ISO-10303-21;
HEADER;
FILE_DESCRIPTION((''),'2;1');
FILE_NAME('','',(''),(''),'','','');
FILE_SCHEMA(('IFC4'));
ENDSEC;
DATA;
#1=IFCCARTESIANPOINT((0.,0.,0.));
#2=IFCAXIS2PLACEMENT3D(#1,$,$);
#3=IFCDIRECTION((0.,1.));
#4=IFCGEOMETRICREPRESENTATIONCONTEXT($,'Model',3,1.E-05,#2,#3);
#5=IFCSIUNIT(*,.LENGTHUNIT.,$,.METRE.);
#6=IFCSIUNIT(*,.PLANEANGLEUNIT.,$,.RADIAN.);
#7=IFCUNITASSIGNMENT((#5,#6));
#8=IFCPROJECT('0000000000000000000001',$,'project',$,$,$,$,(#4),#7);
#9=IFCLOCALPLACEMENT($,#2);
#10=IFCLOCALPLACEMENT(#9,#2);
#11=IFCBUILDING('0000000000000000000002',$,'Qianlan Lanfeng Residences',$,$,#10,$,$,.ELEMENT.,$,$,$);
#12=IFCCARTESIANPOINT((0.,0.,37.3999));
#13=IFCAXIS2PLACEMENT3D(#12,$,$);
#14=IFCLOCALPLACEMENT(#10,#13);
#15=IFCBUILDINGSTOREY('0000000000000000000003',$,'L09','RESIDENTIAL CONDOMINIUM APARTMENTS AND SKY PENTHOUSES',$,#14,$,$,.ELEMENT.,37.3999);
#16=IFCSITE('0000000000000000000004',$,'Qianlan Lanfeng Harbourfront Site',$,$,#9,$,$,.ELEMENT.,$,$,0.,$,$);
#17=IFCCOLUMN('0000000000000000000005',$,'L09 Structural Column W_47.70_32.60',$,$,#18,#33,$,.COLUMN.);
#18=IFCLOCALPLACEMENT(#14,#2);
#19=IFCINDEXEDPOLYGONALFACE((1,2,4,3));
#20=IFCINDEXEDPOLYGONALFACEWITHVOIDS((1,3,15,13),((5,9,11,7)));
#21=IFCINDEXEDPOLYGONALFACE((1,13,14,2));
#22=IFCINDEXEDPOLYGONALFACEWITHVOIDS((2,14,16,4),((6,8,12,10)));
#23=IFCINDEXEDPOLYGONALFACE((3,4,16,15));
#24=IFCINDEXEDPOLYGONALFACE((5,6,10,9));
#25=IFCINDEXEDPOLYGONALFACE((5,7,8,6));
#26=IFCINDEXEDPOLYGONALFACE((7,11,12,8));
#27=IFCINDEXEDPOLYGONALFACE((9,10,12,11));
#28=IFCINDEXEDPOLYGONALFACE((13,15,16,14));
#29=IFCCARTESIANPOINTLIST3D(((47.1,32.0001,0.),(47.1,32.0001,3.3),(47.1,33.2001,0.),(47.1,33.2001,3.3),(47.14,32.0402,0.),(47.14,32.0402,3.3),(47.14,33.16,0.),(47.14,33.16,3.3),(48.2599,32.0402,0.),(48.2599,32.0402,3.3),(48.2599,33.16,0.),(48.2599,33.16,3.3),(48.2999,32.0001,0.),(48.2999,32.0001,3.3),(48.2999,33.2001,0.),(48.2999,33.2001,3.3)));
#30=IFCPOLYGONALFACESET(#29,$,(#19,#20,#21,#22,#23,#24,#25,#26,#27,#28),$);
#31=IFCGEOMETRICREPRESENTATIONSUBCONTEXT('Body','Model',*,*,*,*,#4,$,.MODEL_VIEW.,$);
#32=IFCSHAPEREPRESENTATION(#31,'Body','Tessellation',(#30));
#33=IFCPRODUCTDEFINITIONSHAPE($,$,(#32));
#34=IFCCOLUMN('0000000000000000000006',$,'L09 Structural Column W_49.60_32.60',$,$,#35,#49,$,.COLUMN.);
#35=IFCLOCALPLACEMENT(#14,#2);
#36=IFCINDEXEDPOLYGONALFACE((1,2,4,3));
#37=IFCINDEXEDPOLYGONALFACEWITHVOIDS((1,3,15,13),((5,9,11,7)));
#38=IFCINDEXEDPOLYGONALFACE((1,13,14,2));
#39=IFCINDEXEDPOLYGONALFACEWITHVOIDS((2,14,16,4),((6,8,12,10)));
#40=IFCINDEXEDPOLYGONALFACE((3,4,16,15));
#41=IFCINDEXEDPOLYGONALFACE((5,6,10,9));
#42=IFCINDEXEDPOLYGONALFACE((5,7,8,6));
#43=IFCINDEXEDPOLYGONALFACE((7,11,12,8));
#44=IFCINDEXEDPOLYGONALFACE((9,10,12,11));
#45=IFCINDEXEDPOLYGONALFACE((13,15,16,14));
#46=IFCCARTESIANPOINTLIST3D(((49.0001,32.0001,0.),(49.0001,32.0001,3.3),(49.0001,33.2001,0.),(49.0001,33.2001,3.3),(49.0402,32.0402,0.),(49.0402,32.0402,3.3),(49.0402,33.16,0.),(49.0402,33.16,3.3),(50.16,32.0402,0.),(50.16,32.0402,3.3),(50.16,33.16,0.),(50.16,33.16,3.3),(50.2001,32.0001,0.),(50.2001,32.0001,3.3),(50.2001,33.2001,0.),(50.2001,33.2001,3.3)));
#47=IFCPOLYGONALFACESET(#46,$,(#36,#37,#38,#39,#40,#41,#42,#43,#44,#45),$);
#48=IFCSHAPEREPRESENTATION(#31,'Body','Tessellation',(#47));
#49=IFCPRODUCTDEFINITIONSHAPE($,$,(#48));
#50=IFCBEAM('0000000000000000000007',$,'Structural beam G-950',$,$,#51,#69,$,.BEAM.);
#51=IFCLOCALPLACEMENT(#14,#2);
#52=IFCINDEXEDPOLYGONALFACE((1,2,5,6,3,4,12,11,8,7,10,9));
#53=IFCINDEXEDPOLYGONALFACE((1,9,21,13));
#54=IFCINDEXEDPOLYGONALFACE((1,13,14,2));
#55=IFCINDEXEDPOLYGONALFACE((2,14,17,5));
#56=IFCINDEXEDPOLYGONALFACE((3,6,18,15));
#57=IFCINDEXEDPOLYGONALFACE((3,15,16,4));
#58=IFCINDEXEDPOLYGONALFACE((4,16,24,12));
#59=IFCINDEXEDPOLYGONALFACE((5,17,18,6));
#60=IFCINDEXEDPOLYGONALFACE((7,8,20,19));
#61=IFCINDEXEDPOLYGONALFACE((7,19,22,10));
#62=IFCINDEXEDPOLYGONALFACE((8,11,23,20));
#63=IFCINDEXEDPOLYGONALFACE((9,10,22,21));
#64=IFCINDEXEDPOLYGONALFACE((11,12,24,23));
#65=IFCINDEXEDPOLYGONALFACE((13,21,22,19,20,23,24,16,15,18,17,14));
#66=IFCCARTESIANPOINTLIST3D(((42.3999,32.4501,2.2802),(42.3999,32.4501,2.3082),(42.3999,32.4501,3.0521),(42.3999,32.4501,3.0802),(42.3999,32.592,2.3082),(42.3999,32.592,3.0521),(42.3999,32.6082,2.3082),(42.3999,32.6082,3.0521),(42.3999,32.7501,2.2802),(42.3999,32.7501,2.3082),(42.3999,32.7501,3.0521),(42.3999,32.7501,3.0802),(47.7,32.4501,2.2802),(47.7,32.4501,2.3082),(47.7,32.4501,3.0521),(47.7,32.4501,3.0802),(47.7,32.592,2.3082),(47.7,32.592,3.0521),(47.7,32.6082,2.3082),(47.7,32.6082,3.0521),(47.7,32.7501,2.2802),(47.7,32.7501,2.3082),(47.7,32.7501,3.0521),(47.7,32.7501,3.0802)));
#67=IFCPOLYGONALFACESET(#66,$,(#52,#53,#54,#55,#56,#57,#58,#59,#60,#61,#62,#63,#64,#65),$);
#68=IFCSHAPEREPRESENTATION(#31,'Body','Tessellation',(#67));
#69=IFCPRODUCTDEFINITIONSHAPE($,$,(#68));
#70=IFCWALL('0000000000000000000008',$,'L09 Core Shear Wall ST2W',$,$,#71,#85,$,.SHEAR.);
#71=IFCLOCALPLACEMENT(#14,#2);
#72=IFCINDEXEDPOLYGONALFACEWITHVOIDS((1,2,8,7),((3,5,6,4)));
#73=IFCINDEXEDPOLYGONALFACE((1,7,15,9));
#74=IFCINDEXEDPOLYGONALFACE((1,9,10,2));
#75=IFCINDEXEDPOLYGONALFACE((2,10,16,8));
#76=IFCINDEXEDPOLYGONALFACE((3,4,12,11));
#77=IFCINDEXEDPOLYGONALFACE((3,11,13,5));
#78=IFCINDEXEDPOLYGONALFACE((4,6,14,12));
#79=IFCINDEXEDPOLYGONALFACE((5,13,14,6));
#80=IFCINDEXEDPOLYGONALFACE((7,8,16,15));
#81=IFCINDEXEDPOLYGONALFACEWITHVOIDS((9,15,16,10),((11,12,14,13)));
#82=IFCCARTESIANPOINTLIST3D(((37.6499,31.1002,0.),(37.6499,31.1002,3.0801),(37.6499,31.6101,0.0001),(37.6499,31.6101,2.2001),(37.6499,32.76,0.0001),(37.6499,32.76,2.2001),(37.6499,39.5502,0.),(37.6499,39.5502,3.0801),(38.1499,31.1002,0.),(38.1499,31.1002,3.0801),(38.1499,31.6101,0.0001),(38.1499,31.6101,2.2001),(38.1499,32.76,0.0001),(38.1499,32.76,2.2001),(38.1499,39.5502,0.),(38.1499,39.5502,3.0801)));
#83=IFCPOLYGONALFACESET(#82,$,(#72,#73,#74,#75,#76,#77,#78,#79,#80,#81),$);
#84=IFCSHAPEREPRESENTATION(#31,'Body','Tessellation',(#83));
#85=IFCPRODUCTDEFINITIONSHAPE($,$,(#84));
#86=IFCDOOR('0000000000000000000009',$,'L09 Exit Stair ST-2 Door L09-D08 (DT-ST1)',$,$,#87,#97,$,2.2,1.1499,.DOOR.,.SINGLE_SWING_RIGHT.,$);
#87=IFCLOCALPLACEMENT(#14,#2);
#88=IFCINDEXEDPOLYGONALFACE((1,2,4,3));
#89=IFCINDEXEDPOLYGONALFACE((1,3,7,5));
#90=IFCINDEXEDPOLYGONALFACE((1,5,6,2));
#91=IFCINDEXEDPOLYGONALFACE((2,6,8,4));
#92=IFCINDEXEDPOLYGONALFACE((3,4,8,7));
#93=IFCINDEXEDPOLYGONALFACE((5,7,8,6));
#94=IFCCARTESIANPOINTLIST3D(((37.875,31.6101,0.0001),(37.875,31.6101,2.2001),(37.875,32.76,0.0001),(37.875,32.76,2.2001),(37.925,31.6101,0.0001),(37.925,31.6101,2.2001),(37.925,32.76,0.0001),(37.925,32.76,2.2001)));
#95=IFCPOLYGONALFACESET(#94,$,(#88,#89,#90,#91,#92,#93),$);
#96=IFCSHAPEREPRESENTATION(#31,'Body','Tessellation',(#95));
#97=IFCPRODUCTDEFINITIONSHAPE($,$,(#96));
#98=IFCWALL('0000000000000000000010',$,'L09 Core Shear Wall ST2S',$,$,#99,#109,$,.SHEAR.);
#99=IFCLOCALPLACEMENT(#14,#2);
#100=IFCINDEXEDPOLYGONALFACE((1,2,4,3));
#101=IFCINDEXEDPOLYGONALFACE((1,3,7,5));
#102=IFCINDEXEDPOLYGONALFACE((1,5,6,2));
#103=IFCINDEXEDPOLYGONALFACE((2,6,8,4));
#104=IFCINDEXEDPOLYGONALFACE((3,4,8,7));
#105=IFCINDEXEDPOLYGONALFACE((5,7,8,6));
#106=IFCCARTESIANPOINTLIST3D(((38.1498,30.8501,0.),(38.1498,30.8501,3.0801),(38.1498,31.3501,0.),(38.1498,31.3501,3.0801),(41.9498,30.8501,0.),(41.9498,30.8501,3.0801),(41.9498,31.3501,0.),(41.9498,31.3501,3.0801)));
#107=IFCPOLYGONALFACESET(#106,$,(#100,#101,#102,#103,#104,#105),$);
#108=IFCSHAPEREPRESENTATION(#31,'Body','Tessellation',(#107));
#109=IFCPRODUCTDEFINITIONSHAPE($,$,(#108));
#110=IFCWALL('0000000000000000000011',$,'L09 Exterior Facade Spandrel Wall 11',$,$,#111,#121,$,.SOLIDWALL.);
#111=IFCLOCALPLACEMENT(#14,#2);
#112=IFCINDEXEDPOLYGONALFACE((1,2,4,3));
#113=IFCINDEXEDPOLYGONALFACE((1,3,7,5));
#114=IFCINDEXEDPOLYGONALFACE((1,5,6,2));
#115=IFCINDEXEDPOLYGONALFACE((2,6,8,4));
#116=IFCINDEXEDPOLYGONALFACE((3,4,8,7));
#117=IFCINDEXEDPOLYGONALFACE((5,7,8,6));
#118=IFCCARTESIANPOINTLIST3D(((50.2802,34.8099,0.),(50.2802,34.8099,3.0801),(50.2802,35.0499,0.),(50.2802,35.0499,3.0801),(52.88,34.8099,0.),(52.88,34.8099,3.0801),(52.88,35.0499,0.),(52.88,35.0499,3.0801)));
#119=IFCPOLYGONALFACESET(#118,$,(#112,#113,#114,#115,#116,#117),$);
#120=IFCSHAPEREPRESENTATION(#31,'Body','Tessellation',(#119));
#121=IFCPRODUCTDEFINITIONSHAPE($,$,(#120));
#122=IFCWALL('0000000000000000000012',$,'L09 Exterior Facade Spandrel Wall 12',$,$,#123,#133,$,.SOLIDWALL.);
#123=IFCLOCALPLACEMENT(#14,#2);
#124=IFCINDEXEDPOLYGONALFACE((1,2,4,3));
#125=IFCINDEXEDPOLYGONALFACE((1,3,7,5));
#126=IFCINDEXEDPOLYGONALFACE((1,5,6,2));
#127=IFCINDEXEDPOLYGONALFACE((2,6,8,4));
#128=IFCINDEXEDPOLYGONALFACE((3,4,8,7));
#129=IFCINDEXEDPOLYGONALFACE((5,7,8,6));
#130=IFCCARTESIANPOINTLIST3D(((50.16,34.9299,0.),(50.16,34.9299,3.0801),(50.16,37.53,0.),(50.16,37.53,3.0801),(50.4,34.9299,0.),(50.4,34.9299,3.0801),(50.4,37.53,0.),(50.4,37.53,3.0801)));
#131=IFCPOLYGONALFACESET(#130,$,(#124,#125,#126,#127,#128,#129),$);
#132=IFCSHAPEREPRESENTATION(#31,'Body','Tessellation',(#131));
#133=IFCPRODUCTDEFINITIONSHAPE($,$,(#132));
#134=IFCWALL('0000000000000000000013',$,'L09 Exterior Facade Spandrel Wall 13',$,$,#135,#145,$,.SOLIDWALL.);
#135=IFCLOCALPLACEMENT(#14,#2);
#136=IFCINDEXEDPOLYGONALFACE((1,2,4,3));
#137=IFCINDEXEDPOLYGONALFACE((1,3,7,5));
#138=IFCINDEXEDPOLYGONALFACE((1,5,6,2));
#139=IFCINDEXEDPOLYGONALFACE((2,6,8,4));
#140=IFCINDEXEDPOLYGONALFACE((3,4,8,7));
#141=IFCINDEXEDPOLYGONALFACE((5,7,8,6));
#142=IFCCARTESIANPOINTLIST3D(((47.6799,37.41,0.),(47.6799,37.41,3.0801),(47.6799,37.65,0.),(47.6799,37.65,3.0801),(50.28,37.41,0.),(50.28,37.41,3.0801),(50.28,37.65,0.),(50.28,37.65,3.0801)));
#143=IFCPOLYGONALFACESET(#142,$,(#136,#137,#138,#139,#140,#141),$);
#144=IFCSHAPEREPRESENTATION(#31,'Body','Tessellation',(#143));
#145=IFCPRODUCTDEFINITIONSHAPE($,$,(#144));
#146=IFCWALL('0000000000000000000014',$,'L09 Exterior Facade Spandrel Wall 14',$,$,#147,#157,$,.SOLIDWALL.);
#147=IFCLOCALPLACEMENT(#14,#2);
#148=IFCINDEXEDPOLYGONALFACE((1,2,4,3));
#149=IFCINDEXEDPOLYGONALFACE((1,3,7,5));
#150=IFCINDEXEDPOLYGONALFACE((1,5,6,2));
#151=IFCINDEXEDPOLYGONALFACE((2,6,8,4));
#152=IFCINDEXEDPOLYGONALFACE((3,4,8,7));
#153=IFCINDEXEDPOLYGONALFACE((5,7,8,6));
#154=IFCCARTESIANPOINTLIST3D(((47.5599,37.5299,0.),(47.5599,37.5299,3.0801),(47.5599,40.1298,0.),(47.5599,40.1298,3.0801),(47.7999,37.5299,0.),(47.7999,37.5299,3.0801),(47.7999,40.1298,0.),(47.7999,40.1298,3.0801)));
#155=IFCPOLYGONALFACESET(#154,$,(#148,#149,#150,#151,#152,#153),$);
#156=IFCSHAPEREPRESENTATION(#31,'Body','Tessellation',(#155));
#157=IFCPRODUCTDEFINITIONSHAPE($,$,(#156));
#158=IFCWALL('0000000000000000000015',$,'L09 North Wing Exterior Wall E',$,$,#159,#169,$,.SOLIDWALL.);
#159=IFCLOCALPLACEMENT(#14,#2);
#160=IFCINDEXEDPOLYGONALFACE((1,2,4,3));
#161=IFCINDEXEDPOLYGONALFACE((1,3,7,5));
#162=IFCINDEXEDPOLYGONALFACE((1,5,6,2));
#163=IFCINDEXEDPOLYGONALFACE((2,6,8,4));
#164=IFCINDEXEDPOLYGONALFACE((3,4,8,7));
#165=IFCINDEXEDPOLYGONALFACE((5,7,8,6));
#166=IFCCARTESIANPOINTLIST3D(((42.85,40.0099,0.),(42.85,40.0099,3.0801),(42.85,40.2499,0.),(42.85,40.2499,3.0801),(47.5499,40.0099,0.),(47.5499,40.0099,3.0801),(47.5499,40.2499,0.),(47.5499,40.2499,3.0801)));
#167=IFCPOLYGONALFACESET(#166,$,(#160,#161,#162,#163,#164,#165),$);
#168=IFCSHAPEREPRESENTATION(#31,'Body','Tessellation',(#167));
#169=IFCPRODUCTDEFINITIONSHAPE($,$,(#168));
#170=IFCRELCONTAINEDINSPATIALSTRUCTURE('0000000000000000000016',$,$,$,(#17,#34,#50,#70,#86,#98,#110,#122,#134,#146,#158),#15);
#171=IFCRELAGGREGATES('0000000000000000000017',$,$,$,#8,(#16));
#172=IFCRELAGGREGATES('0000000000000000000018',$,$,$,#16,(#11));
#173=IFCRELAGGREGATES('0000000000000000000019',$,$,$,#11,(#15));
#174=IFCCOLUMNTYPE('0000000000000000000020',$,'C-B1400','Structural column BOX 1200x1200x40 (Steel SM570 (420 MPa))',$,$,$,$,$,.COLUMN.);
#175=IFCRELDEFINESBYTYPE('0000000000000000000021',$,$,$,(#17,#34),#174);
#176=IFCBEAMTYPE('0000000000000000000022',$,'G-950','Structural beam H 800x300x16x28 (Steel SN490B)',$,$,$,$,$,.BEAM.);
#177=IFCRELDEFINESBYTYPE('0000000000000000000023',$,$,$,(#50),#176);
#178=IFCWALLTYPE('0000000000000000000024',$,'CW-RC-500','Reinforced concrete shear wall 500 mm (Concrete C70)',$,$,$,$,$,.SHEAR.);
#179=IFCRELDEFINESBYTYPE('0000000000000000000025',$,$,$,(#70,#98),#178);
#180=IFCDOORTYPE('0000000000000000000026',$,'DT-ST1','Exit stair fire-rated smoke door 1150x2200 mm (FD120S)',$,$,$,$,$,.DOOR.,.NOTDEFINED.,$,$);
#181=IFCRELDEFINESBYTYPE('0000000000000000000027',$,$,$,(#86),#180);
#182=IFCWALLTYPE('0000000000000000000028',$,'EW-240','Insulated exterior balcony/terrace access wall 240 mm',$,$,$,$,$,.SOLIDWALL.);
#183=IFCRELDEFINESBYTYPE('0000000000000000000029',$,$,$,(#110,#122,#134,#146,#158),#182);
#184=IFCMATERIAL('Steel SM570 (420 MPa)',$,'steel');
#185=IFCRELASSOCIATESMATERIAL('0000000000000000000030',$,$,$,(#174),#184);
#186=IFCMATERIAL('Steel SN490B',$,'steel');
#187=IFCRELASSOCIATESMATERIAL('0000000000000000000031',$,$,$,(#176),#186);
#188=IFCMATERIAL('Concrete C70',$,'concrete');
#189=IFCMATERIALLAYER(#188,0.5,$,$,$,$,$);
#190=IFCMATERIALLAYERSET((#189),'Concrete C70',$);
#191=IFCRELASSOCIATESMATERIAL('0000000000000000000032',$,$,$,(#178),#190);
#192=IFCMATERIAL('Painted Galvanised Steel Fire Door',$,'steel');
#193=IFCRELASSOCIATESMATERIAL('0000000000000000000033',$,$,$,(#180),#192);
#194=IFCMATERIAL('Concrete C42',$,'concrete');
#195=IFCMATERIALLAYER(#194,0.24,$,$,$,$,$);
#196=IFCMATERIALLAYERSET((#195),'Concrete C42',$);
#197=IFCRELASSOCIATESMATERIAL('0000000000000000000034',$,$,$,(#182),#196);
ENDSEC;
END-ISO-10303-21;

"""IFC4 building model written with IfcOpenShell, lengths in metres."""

from ifc_helpers import new_model, si_unit, direction, frame, frame_2d, origin, origin_2d, place, context, subcontext, project, spatial, rectangle, hollow_rectangle, i_section, extrude, material, layer, layer_set, material_profile, profile_set, type_object, element, fill, save


model = new_model("IFC4")

# Units and contexts
model_context = context("Model", 3, precision=1e-05, world=origin(), true_north=direction((0.0, 1.0)))
body_context = subcontext(model_context, "Body", "Model", "MODEL_VIEW")
ifc_project = project(units=[si_unit("LENGTHUNIT", "METRE"), si_unit("PLANEANGLEUNIT", "RADIAN")], contexts=[model_context])

# Site, building, storey
site_placement = place(None, origin())
site = spatial("IfcSite", under=ifc_project, at=site_placement, Name="Qianlan Lanfeng Harbourfront Site", CompositionType="ELEMENT", RefElevation=0.0)
building_placement = place(site_placement, origin())
building = spatial("IfcBuilding", under=site, at=building_placement, Name="Qianlan Lanfeng Residences", CompositionType="ELEMENT")
storey_placement = place(building_placement, frame((0.0, 0.0, 37.3999)))
storey = spatial("IfcBuildingStorey", under=building, at=storey_placement, Name="L09", Description="RESIDENTIAL CONDOMINIUM APARTMENTS AND SKY PENTHOUSES", CompositionType="ELEMENT", Elevation=37.3999)

# Columns
ifc_material_1 = material(Name="Steel SM570 (420 MPa)", Category="steel")
ifc_material_profile_1 = material_profile(ifc_material_1, hollow_rectangle(XDim=1.2, YDim=1.2, WallThickness=0.04, at=origin_2d()), Name="BOX 1200x1200x40")
ifc_profile_set_1 = profile_set([ifc_material_profile_1], Name="Steel SM570 (420 MPa)")
column_type = type_object("IfcColumnType", Name="C-B1400", Description="Structural column BOX 1200x1200x40 (Steel SM570 (420 MPa))", PredefinedType="COLUMN", material=ifc_profile_set_1)
for number, where, z_axis, x_axis, name in (
    (1, (47.7, 32.6001, 0.0), (0.0, 0.0, 1.0), (1.0, 0.0, 0.0), "L09 Structural Column W_47.70_32.60"),
    (2, (49.6001, 32.6001, 0.0), (0.0, 0.0, 1.0), (1.0, 0.0, 0.0), "L09 Structural Column W_49.60_32.60"),
):
    element("IfcColumn", number, at=place(storey_placement, frame(where, z_axis=z_axis, x_axis=x_axis)), inside=storey, type_object=column_type, Name=name, PredefinedType="COLUMN", context=body_context, shape_type="SweptSolid", body=[
        extrude(hollow_rectangle(XDim=1.2, YDim=1.2, WallThickness=0.04, at=origin_2d()), origin(), (0.0, 0.0, 1.0), 3.3),
    ])

# Beam
ifc_material_2 = material(Name="Steel SN490B", Category="steel")
ifc_material_profile_2 = material_profile(ifc_material_2, i_section(OverallWidth=0.3, OverallDepth=0.8, WebThickness=0.0161, FlangeThickness=0.0281, at=origin_2d()), Name="H 800x300x16x28")
ifc_profile_set_2 = profile_set([ifc_material_profile_2], Name="Steel SN490B")
beam_type = type_object("IfcBeamType", Name="G-950", Description="Structural beam H 800x300x16x28 (Steel SN490B)", PredefinedType="BEAM", material=ifc_profile_set_2)
beam_placement = place(storey_placement, frame((42.3999, 32.6001, 2.6802), z_axis=(1.0, 0.0, 0.0), x_axis=(0.0, 1.0, 0.0)))
element("IfcBeam", 3, at=beam_placement, inside=storey, type_object=beam_type, Name="Structural beam G-950", PredefinedType="BEAM", context=body_context, shape_type="SweptSolid", body=[
    extrude(i_section(OverallWidth=0.3, OverallDepth=0.8, WebThickness=0.0161, FlangeThickness=0.0281, at=origin_2d()), origin(), (0.0, 0.0, 1.0), 5.3),
])

# Wall, opening, door
ifc_material_3 = material(Name="Concrete C70", Category="concrete")
ifc_layer_1 = layer(ifc_material_3, 0.5)
ifc_layer_set_1 = layer_set([ifc_layer_1], Name="Concrete C70")
wall_type_1 = type_object("IfcWallType", Name="CW-RC-500", Description="Reinforced concrete shear wall 500 mm (Concrete C70)", PredefinedType="SHEAR", material=ifc_layer_set_1)
wall_1_placement = place(storey_placement, frame((37.8999, 31.1001, 0.0), z_axis=(0.0, 0.0, 1.0), x_axis=(0.0, 1.0, 0.0)))
wall_1 = element("IfcWall", 4, at=wall_1_placement, inside=storey, type_object=wall_type_1, Name="L09 Core Shear Wall ST2W", PredefinedType="SHEAR", context=body_context, shape_type="SweptSolid", body=[
    extrude(rectangle(XDim=8.45, YDim=0.5, at=frame_2d((4.2251, 0.0))), origin(), (0.0, 0.0, 1.0), 3.0801),
])
opening_1_placement = place(wall_1_placement, frame((0.51, 0.0, 0.0)))
opening_1 = element("IfcOpeningElement", 5, at=opening_1_placement, cuts=wall_1, PredefinedType="OPENING", context=body_context, shape_type="SweptSolid", body=[
    extrude(rectangle(XDim=1.1499, YDim=2.2, at=frame_2d((0.575, 1.1001))), frame((0.0, 0.26, 0.0), z_axis=(0.0, -1.0, 0.0), x_axis=(1.0, 0.0, 0.0)), (0.0, 0.0, 1.0), 0.52),
])
ifc_material_4 = material(Name="Painted Galvanised Steel Fire Door", Category="steel")
door_type_1 = type_object("IfcDoorType", Name="DT-ST1", Description="Exit stair fire-rated smoke door 1150x2200 mm (FD120S)", OperationType="NOTDEFINED", PredefinedType="DOOR", material=ifc_material_4)
door_1_placement = place(opening_1_placement, origin())
door_1 = element("IfcDoor", 6, at=door_1_placement, inside=storey, type_object=door_type_1, Name="L09 Exit Stair ST-2 Door L09-D08 (DT-ST1)", OperationType="SINGLE_SWING_RIGHT", OverallHeight=2.2, OverallWidth=1.1499, PredefinedType="DOOR", context=body_context, shape_type="SweptSolid", body=[
    extrude(rectangle(XDim=1.1499, YDim=2.2, at=frame_2d((0.575, 1.1001))), frame((0.0, 0.0249, 0.0), z_axis=(0.0, -1.0, 0.0), x_axis=(1.0, 0.0, 0.0)), (0.0, 0.0, 1.0), 0.05),
])
fill(opening_1, door_1)

# Walls
wall_2_placement = place(storey_placement, frame((38.1499, 31.1001, 0.0), z_axis=(0.0, 0.0, 1.0), x_axis=(1.0, 0.0, 0.0)))
element("IfcWall", 7, at=wall_2_placement, inside=storey, type_object=wall_type_1, Name="L09 Core Shear Wall ST2S", PredefinedType="SHEAR", context=body_context, shape_type="SweptSolid", body=[
    extrude(rectangle(XDim=3.8, YDim=0.5, at=frame_2d((1.8999, 0.0))), origin(), (0.0, 0.0, 1.0), 3.0801),
])
ifc_material_5 = material(Name="Concrete C42", Category="concrete")
ifc_layer_2 = layer(ifc_material_5, 0.24)
ifc_layer_set_2 = layer_set([ifc_layer_2], Name="Concrete C42")
wall_type_2 = type_object("IfcWallType", Name="EW-240", Description="Insulated exterior balcony/terrace access wall 240 mm", PredefinedType="SOLIDWALL", material=ifc_layer_set_2)
wall_3_placement = place(storey_placement, frame((52.8799, 34.9299, 0.0), z_axis=(0.0, 0.0, 1.0), x_axis=(-1.0, 0.0, 0.0)))
element("IfcWall", 8, at=wall_3_placement, inside=storey, type_object=wall_type_2, Name="L09 Exterior Facade Spandrel Wall 11", PredefinedType="SOLIDWALL", context=body_context, shape_type="SweptSolid", body=[
    extrude(rectangle(XDim=2.5999, YDim=0.24, at=frame_2d((1.2998, 0.0))), origin(), (0.0, 0.0, 1.0), 3.0801),
])
for number, where, z_axis, x_axis, name in (
    (9, (50.28, 34.9299, 0.0), (0.0, 0.0, 1.0), (0.0, 1.0, 0.0), "L09 Exterior Facade Spandrel Wall 12"),
    (10, (50.28, 37.53, 0.0), (0.0, 0.0, 1.0), (-1.0, 0.0, 0.0), "L09 Exterior Facade Spandrel Wall 13"),
):
    element("IfcWall", number, at=place(storey_placement, frame(where, z_axis=z_axis, x_axis=x_axis)), inside=storey, type_object=wall_type_2, Name=name, PredefinedType="SOLIDWALL", context=body_context, shape_type="SweptSolid", body=[
        extrude(rectangle(XDim=2.6001, YDim=0.24, at=frame_2d((1.3, 0.0))), origin(), (0.0, 0.0, 1.0), 3.0801),
    ])
wall_4_placement = place(storey_placement, frame((47.6799, 37.53, 0.0), z_axis=(0.0, 0.0, 1.0), x_axis=(0.0, 1.0, 0.0)))
element("IfcWall", 11, at=wall_4_placement, inside=storey, type_object=wall_type_2, Name="L09 Exterior Facade Spandrel Wall 14", PredefinedType="SOLIDWALL", context=body_context, shape_type="SweptSolid", body=[
    extrude(rectangle(XDim=2.5999, YDim=0.24, at=frame_2d((1.2998, 0.0))), origin(), (0.0, 0.0, 1.0), 3.0801),
])
wall_5_placement = place(storey_placement, frame((47.55, 40.1299, 0.0), z_axis=(0.0, 0.0, 1.0), x_axis=(-1.0, 0.0, 0.0)))
element("IfcWall", 12, at=wall_5_placement, inside=storey, type_object=wall_type_2, Name="L09 North Wing Exterior Wall E", PredefinedType="SOLIDWALL", context=body_context, shape_type="SweptSolid", body=[
    extrude(rectangle(XDim=4.7, YDim=0.24, at=frame_2d((2.3501, 0.0))), origin(), (0.0, 0.0, 1.0), 3.0801),
])

save(model, "model.ifc")
